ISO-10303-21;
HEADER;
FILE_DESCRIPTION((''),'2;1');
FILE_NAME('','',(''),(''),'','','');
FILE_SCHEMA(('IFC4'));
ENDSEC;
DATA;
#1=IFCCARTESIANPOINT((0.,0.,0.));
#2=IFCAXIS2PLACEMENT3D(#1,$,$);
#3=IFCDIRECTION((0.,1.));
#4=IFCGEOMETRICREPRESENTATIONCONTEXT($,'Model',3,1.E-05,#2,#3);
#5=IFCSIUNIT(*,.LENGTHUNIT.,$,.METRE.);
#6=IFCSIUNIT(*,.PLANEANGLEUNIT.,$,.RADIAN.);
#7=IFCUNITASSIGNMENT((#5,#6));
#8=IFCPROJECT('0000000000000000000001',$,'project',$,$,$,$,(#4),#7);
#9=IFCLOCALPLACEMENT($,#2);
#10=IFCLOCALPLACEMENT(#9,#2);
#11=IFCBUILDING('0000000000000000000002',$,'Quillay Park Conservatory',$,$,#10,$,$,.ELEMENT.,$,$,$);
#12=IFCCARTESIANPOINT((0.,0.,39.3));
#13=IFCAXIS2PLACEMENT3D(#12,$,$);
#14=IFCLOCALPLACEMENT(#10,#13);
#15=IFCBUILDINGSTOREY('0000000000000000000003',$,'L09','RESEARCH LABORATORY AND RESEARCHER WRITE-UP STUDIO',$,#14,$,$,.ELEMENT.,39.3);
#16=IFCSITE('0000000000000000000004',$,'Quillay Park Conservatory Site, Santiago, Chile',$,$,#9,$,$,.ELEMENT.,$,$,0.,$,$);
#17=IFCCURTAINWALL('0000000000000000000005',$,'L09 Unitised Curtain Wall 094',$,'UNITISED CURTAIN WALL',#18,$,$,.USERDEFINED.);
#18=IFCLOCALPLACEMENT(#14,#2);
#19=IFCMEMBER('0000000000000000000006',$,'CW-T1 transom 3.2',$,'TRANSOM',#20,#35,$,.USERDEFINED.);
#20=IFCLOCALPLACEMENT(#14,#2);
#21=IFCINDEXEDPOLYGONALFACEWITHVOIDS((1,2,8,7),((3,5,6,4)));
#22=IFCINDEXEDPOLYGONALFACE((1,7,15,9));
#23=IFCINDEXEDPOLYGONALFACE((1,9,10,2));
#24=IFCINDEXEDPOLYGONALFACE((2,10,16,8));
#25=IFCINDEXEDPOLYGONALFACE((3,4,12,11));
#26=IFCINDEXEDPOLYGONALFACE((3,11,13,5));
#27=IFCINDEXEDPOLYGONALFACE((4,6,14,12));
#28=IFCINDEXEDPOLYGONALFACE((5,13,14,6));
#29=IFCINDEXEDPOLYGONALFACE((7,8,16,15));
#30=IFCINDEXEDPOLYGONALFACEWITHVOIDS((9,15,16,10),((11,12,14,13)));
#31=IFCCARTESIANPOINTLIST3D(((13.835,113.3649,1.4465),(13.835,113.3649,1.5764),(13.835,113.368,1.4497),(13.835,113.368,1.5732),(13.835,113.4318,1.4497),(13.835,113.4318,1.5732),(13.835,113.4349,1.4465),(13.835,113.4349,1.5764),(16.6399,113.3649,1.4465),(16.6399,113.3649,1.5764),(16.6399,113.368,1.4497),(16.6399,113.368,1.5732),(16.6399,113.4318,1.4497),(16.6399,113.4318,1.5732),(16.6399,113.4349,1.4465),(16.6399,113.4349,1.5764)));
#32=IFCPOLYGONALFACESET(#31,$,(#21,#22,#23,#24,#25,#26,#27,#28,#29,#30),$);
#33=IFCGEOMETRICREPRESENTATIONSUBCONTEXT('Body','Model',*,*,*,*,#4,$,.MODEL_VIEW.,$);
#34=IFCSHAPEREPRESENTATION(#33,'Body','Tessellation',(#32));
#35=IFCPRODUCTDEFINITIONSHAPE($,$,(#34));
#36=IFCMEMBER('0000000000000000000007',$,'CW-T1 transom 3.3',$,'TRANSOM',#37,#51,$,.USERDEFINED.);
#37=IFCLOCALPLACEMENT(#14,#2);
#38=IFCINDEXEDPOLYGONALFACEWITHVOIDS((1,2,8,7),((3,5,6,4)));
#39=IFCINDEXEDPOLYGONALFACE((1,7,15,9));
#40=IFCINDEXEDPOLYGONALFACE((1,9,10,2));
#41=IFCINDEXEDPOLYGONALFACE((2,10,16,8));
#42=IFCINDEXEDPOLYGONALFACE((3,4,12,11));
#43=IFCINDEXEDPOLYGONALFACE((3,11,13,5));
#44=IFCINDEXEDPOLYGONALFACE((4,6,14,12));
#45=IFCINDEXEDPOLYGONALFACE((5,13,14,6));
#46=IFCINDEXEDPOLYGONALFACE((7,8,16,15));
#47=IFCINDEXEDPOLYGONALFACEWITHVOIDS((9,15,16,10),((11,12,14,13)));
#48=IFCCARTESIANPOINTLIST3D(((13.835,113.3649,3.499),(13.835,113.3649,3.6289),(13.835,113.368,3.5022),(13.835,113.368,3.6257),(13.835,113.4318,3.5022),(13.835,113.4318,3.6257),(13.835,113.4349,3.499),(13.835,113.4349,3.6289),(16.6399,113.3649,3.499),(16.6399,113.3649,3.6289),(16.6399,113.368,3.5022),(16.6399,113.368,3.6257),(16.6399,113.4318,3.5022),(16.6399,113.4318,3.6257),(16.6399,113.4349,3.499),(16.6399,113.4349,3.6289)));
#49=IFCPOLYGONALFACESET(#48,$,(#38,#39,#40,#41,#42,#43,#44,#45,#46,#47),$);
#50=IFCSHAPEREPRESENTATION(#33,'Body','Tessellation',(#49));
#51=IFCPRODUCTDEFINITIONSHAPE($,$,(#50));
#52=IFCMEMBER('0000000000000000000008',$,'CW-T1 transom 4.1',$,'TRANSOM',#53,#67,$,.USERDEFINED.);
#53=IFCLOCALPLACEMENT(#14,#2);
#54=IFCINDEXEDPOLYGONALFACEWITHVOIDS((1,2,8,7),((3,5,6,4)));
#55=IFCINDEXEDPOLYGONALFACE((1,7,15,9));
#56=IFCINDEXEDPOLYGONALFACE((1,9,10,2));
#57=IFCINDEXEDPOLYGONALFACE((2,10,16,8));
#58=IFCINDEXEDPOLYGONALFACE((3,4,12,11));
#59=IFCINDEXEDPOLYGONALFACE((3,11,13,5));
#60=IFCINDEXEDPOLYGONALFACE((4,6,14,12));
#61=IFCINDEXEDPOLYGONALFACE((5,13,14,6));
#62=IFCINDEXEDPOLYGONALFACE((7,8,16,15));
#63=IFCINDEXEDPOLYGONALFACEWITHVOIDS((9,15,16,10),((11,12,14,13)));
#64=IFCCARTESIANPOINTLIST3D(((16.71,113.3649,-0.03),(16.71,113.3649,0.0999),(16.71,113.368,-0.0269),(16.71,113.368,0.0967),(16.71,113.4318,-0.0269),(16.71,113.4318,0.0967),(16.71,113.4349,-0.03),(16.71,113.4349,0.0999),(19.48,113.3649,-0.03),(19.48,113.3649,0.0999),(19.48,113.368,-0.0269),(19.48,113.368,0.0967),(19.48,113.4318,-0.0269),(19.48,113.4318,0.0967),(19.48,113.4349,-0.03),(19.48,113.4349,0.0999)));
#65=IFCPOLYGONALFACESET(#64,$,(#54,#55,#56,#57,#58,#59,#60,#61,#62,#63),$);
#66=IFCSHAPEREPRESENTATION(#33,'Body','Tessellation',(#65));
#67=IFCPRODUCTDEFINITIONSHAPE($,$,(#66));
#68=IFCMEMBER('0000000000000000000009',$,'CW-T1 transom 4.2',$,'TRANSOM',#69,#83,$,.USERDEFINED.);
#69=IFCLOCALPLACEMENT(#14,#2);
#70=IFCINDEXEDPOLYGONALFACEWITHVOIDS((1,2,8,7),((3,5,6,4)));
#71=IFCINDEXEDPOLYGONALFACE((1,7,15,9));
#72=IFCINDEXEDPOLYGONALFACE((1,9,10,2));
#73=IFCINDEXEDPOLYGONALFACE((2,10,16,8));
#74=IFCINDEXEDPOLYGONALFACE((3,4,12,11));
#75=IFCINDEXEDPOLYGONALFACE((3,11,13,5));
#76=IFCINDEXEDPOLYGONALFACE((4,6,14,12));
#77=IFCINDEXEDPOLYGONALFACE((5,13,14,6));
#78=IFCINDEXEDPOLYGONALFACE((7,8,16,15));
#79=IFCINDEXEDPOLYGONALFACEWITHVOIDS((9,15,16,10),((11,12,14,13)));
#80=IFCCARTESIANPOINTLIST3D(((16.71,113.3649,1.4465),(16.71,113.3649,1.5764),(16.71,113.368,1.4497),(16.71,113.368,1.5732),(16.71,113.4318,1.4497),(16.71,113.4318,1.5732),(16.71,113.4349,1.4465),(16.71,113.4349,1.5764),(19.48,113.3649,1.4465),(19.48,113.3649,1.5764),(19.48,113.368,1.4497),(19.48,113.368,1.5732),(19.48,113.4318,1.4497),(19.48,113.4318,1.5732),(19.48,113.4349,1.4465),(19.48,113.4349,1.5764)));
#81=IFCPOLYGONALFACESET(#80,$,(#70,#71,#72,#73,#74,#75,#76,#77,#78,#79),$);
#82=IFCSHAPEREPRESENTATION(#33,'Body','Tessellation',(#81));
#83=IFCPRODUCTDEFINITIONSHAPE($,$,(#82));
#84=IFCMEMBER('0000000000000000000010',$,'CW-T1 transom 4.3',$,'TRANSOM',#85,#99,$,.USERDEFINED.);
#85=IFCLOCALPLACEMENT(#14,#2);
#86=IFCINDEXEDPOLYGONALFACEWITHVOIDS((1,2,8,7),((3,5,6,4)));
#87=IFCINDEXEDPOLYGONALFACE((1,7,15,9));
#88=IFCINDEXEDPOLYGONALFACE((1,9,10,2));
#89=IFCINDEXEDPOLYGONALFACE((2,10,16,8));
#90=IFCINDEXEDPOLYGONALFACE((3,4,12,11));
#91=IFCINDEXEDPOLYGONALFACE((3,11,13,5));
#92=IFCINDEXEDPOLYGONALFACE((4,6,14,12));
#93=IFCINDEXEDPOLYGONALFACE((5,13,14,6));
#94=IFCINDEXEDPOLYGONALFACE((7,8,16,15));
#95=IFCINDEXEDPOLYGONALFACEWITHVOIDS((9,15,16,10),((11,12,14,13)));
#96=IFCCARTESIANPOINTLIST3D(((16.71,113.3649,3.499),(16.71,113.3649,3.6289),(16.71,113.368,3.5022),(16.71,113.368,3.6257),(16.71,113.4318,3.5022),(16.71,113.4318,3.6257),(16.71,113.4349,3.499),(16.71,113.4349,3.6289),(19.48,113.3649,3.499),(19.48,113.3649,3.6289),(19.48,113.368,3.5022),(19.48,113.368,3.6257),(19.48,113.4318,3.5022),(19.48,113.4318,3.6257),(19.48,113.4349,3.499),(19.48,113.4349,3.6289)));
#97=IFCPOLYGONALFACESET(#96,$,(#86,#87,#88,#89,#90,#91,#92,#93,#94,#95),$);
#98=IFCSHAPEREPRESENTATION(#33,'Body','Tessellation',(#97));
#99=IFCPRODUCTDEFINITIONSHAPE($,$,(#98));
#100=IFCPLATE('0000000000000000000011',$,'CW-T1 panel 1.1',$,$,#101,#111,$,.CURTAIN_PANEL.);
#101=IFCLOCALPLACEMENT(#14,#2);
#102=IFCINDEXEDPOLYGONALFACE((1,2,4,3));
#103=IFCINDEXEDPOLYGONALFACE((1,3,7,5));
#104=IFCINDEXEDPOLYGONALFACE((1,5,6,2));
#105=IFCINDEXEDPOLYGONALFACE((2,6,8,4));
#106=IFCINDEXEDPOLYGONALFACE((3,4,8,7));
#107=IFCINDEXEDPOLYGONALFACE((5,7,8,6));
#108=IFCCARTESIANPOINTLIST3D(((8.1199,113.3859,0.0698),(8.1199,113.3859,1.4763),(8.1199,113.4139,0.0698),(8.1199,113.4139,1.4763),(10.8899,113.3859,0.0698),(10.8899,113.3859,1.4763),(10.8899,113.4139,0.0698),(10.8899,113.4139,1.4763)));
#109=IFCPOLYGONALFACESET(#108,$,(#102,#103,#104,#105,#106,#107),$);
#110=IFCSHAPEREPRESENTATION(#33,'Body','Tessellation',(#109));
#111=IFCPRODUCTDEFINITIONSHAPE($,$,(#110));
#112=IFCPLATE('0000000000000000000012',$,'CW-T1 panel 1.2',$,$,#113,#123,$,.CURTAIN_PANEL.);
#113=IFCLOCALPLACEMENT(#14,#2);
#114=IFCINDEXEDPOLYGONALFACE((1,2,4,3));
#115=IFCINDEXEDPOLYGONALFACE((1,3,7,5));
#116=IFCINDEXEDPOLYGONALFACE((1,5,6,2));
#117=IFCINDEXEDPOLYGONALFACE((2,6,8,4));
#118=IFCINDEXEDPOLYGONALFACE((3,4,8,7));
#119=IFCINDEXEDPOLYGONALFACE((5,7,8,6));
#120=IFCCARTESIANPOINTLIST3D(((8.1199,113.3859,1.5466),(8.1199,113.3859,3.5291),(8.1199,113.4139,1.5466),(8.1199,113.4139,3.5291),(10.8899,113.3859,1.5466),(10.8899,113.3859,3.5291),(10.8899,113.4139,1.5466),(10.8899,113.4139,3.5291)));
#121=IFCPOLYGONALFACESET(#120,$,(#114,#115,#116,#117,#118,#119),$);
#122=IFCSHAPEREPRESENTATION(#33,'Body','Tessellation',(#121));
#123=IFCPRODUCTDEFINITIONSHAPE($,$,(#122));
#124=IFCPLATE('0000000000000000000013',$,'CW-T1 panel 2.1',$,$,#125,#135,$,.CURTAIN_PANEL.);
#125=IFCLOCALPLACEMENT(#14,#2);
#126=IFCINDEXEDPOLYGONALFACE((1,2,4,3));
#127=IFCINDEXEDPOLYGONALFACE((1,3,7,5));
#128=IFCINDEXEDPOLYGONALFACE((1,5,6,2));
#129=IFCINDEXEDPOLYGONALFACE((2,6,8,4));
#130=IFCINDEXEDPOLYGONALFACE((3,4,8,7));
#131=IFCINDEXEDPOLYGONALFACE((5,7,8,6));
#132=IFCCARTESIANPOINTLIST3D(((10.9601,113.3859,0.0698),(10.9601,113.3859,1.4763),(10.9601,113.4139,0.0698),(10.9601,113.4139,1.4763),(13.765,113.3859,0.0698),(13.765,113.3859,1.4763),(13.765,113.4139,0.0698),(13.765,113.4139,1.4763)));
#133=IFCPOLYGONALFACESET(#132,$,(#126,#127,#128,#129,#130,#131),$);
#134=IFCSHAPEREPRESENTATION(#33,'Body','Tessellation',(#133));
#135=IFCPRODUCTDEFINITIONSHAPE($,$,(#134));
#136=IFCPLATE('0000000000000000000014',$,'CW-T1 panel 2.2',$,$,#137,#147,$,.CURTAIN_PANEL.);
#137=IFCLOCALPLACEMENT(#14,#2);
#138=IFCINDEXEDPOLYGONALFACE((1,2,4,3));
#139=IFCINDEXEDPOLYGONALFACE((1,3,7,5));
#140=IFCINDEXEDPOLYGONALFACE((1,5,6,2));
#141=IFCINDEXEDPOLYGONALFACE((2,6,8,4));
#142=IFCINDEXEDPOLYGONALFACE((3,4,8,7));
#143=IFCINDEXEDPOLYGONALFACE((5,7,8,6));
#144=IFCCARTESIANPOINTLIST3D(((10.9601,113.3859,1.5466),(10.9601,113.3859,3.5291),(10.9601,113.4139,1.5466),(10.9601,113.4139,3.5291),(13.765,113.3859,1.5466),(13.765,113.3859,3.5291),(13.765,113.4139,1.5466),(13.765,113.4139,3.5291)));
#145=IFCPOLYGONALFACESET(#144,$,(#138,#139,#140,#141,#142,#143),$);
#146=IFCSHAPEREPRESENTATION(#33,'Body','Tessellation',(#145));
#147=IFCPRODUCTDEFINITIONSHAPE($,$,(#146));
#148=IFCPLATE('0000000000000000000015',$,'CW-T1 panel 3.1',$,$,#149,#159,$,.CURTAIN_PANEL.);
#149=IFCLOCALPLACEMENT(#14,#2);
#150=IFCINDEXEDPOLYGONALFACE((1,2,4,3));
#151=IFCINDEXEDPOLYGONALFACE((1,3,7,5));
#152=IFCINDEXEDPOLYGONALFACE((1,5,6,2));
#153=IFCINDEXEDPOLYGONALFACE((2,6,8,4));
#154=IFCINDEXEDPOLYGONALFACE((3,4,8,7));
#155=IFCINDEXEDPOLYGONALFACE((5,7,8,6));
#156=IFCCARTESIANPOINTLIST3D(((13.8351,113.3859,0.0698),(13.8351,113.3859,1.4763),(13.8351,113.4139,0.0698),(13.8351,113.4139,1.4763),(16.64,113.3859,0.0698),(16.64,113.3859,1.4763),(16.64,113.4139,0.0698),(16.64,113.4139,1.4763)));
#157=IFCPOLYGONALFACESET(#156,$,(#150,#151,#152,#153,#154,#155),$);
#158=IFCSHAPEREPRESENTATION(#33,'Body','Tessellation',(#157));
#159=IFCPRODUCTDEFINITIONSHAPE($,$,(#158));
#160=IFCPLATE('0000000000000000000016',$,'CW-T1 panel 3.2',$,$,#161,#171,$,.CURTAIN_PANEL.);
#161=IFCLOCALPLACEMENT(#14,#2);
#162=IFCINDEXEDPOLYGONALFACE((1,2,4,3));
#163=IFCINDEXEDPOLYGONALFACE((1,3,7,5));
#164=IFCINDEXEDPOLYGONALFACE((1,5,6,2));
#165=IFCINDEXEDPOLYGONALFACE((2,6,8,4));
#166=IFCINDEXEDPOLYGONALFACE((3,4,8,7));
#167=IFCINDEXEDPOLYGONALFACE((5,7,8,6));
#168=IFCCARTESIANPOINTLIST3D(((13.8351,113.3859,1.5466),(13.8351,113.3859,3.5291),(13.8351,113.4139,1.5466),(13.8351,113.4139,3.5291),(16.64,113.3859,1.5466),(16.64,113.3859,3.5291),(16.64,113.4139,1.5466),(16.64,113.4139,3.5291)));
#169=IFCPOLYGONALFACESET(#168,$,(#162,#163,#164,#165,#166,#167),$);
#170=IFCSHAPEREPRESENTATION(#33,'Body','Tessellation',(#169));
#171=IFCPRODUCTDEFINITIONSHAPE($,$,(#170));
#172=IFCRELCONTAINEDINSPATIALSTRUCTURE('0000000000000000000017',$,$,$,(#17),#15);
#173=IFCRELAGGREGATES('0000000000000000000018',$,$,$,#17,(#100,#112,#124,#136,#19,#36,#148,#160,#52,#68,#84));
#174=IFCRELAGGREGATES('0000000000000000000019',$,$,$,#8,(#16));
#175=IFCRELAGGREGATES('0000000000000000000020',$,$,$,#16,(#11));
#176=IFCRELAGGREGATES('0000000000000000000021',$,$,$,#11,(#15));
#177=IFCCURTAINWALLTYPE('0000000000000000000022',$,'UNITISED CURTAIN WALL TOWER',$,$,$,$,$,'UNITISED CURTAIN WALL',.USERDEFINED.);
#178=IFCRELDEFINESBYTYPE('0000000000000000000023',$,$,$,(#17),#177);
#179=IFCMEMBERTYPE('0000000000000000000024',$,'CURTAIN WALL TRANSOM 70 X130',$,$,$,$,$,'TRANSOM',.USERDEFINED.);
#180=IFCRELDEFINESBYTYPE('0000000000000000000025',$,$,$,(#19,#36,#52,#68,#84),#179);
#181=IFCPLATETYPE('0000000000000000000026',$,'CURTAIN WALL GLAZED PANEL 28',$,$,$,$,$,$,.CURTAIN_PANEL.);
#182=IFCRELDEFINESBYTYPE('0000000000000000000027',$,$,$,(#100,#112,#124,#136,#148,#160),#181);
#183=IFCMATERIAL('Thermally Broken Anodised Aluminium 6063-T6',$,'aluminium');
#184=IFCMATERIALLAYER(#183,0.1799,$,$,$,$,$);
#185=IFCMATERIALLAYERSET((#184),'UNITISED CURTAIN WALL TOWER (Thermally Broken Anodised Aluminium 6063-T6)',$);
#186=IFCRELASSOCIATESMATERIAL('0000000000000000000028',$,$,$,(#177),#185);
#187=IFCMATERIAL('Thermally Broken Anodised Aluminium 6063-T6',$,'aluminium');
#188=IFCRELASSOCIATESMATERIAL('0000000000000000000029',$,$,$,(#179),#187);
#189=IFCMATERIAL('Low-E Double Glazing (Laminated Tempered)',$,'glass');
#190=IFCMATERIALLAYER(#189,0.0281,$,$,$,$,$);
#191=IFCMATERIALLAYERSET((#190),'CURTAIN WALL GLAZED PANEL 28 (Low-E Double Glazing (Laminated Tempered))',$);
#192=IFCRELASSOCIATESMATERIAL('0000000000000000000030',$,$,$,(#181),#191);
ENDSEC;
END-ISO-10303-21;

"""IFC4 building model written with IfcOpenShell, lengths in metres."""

from ifc_helpers import new_model, si_unit, direction, frame, origin, origin_2d, place, context, subcontext, project, spatial, rectangle, hollow_rectangle, extrude, material, layer, layer_set, material_profile, profile_set, type_object, element, aggregate, save


model = new_model("IFC4")

# Units and contexts
model_context = context("Model", 3, precision=1e-05, world=origin(), true_north=direction((0.0, 1.0)))
body_context = subcontext(model_context, "Body", "Model", "MODEL_VIEW")
ifc_project = project(units=[si_unit("LENGTHUNIT", "METRE"), si_unit("PLANEANGLEUNIT", "RADIAN")], contexts=[model_context])

# Site, building, storey
site_placement = place(None, origin())
site = spatial("IfcSite", under=ifc_project, at=site_placement, Name="Quillay Park Conservatory Site, Santiago, Chile", CompositionType="ELEMENT", RefElevation=0.0)
building_placement = place(site_placement, origin())
building = spatial("IfcBuilding", under=site, at=building_placement, Name="Quillay Park Conservatory", CompositionType="ELEMENT")
storey_placement = place(building_placement, frame((0.0, 0.0, 39.3)))
storey = spatial("IfcBuildingStorey", under=building, at=storey_placement, Name="L09", Description="RESEARCH LABORATORY AND RESEARCHER WRITE-UP STUDIO", CompositionType="ELEMENT", Elevation=39.3)

# Curtain wall, members, plates
ifc_material_1 = material(Name="Thermally Broken Anodised Aluminium 6063-T6", Category="aluminium")
ifc_layer_1 = layer(ifc_material_1, 0.1799)
ifc_layer_set_1 = layer_set([ifc_layer_1], Name="UNITISED CURTAIN WALL TOWER (Thermally Broken Anodised Aluminium 6063-T6)")
curtain_wall_type = type_object("IfcCurtainWallType", Name="UNITISED CURTAIN WALL TOWER", ElementType="UNITISED CURTAIN WALL", PredefinedType="USERDEFINED", material=ifc_layer_set_1)
curtain_wall_placement = place(storey_placement, origin())
curtain_wall = element("IfcCurtainWall", 1, at=curtain_wall_placement, inside=storey, type_object=curtain_wall_type, Name="L09 Unitised Curtain Wall 094", ObjectType="UNITISED CURTAIN WALL", PredefinedType="USERDEFINED")
ifc_material_2 = material(Name="Thermally Broken Anodised Aluminium 6063-T6", Category="aluminium")
ifc_material_profile_1 = material_profile(ifc_material_2, hollow_rectangle(XDim=0.0701, YDim=0.1299, WallThickness=0.0032, at=origin_2d()), Name="AL70x130x3.2")
ifc_profile_set_1 = profile_set([ifc_material_profile_1], Name="Thermally Broken Anodised Aluminium 6063-T6")
member_type_1 = type_object("IfcMemberType", Name="CURTAIN WALL TRANSOM 70 X130", ElementType="TRANSOM", PredefinedType="USERDEFINED", material=ifc_profile_set_1)
member_1_placement = place(storey_placement, frame((13.835, 113.3999, 1.5115), z_axis=(1.0, 0.0, 0.0), x_axis=(0.0, 1.0, 0.0)))
member_1 = element("IfcMember", 2, at=member_1_placement, type_object=member_type_1, Name="CW-T1 transom 3.2", ObjectType="TRANSOM", PredefinedType="USERDEFINED", context=body_context, shape_type="SweptSolid", body=[
    extrude(hollow_rectangle(XDim=0.0701, YDim=0.1299, WallThickness=0.0032, at=origin_2d()), origin(), (0.0, 0.0, 1.0), 2.8049),
])
member_2_placement = place(storey_placement, frame((13.835, 113.3999, 3.564), z_axis=(1.0, 0.0, 0.0), x_axis=(0.0, 1.0, 0.0)))
member_2 = element("IfcMember", 3, at=member_2_placement, type_object=member_type_1, Name="CW-T1 transom 3.3", ObjectType="TRANSOM", PredefinedType="USERDEFINED", context=body_context, shape_type="SweptSolid", body=[
    extrude(hollow_rectangle(XDim=0.0701, YDim=0.1299, WallThickness=0.0032, at=origin_2d()), origin(), (0.0, 0.0, 1.0), 2.8049),
])
member_3_placement = place(storey_placement, frame((16.71, 113.3999, 0.0349), z_axis=(1.0, 0.0, 0.0), x_axis=(0.0, 1.0, 0.0)))
member_3 = element("IfcMember", 4, at=member_3_placement, type_object=member_type_1, Name="CW-T1 transom 4.1", ObjectType="TRANSOM", PredefinedType="USERDEFINED", context=body_context, shape_type="SweptSolid", body=[
    extrude(hollow_rectangle(XDim=0.0701, YDim=0.1299, WallThickness=0.0032, at=origin_2d()), origin(), (0.0, 0.0, 1.0), 2.77),
])
member_4_placement = place(storey_placement, frame((16.71, 113.3999, 1.5115), z_axis=(1.0, 0.0, 0.0), x_axis=(0.0, 1.0, 0.0)))
member_4 = element("IfcMember", 5, at=member_4_placement, type_object=member_type_1, Name="CW-T1 transom 4.2", ObjectType="TRANSOM", PredefinedType="USERDEFINED", context=body_context, shape_type="SweptSolid", body=[
    extrude(hollow_rectangle(XDim=0.0701, YDim=0.1299, WallThickness=0.0032, at=origin_2d()), origin(), (0.0, 0.0, 1.0), 2.77),
])
member_5_placement = place(storey_placement, frame((16.71, 113.3999, 3.564), z_axis=(1.0, 0.0, 0.0), x_axis=(0.0, 1.0, 0.0)))
member_5 = element("IfcMember", 6, at=member_5_placement, type_object=member_type_1, Name="CW-T1 transom 4.3", ObjectType="TRANSOM", PredefinedType="USERDEFINED", context=body_context, shape_type="SweptSolid", body=[
    extrude(hollow_rectangle(XDim=0.0701, YDim=0.1299, WallThickness=0.0032, at=origin_2d()), origin(), (0.0, 0.0, 1.0), 2.77),
])
ifc_material_3 = material(Name="Low-E Double Glazing (Laminated Tempered)", Category="glass")
ifc_layer_2 = layer(ifc_material_3, 0.0281)
ifc_layer_set_2 = layer_set([ifc_layer_2], Name="CURTAIN WALL GLAZED PANEL 28 (Low-E Double Glazing (Laminated Tempered))")
plate_type = type_object("IfcPlateType", Name="CURTAIN WALL GLAZED PANEL 28", PredefinedType="CURTAIN_PANEL", material=ifc_layer_set_2)
plate_1_placement = place(storey_placement, frame((9.5049, 113.3999, 0.0698), z_axis=(0.0, 0.0, 1.0), x_axis=(1.0, 0.0, 0.0)))
plate_1 = element("IfcPlate", 7, at=plate_1_placement, type_object=plate_type, Name="CW-T1 panel 1.1", PredefinedType="CURTAIN_PANEL", context=body_context, shape_type="SweptSolid", body=[
    extrude(rectangle(XDim=2.77, YDim=0.0281, at=origin_2d()), origin(), (0.0, 0.0, 1.0), 1.4065),
])
plate_2_placement = place(storey_placement, frame((9.5049, 113.3999, 1.5466), z_axis=(0.0, 0.0, 1.0), x_axis=(1.0, 0.0, 0.0)))
plate_2 = element("IfcPlate", 8, at=plate_2_placement, type_object=plate_type, Name="CW-T1 panel 1.2", PredefinedType="CURTAIN_PANEL", context=body_context, shape_type="SweptSolid", body=[
    extrude(rectangle(XDim=2.77, YDim=0.0281, at=origin_2d()), origin(), (0.0, 0.0, 1.0), 1.9824),
])
plate_3_placement = place(storey_placement, frame((12.3625, 113.3999, 0.0698), z_axis=(0.0, 0.0, 1.0), x_axis=(1.0, 0.0, 0.0)))
plate_3 = element("IfcPlate", 9, at=plate_3_placement, type_object=plate_type, Name="CW-T1 panel 2.1", PredefinedType="CURTAIN_PANEL", context=body_context, shape_type="SweptSolid", body=[
    extrude(rectangle(XDim=2.8049, YDim=0.0281, at=origin_2d()), origin(), (0.0, 0.0, 1.0), 1.4065),
])
plate_4_placement = place(storey_placement, frame((12.3625, 113.3999, 1.5466), z_axis=(0.0, 0.0, 1.0), x_axis=(1.0, 0.0, 0.0)))
plate_4 = element("IfcPlate", 10, at=plate_4_placement, type_object=plate_type, Name="CW-T1 panel 2.2", PredefinedType="CURTAIN_PANEL", context=body_context, shape_type="SweptSolid", body=[
    extrude(rectangle(XDim=2.8049, YDim=0.0281, at=origin_2d()), origin(), (0.0, 0.0, 1.0), 1.9824),
])
plate_5_placement = place(storey_placement, frame((15.2375, 113.3999, 0.0698), z_axis=(0.0, 0.0, 1.0), x_axis=(1.0, 0.0, 0.0)))
plate_5 = element("IfcPlate", 11, at=plate_5_placement, type_object=plate_type, Name="CW-T1 panel 3.1", PredefinedType="CURTAIN_PANEL", context=body_context, shape_type="SweptSolid", body=[
    extrude(rectangle(XDim=2.8049, YDim=0.0281, at=origin_2d()), origin(), (0.0, 0.0, 1.0), 1.4065),
])
plate_6_placement = place(storey_placement, frame((15.2375, 113.3999, 1.5466), z_axis=(0.0, 0.0, 1.0), x_axis=(1.0, 0.0, 0.0)))
plate_6 = element("IfcPlate", 12, at=plate_6_placement, type_object=plate_type, Name="CW-T1 panel 3.2", PredefinedType="CURTAIN_PANEL", context=body_context, shape_type="SweptSolid", body=[
    extrude(rectangle(XDim=2.8049, YDim=0.0281, at=origin_2d()), origin(), (0.0, 0.0, 1.0), 1.9824),
])
aggregate(curtain_wall, [plate_1, plate_2, plate_3, plate_4, member_1, member_2, plate_5, plate_6, member_3, member_4, member_5])

save(model, "model.ifc")
